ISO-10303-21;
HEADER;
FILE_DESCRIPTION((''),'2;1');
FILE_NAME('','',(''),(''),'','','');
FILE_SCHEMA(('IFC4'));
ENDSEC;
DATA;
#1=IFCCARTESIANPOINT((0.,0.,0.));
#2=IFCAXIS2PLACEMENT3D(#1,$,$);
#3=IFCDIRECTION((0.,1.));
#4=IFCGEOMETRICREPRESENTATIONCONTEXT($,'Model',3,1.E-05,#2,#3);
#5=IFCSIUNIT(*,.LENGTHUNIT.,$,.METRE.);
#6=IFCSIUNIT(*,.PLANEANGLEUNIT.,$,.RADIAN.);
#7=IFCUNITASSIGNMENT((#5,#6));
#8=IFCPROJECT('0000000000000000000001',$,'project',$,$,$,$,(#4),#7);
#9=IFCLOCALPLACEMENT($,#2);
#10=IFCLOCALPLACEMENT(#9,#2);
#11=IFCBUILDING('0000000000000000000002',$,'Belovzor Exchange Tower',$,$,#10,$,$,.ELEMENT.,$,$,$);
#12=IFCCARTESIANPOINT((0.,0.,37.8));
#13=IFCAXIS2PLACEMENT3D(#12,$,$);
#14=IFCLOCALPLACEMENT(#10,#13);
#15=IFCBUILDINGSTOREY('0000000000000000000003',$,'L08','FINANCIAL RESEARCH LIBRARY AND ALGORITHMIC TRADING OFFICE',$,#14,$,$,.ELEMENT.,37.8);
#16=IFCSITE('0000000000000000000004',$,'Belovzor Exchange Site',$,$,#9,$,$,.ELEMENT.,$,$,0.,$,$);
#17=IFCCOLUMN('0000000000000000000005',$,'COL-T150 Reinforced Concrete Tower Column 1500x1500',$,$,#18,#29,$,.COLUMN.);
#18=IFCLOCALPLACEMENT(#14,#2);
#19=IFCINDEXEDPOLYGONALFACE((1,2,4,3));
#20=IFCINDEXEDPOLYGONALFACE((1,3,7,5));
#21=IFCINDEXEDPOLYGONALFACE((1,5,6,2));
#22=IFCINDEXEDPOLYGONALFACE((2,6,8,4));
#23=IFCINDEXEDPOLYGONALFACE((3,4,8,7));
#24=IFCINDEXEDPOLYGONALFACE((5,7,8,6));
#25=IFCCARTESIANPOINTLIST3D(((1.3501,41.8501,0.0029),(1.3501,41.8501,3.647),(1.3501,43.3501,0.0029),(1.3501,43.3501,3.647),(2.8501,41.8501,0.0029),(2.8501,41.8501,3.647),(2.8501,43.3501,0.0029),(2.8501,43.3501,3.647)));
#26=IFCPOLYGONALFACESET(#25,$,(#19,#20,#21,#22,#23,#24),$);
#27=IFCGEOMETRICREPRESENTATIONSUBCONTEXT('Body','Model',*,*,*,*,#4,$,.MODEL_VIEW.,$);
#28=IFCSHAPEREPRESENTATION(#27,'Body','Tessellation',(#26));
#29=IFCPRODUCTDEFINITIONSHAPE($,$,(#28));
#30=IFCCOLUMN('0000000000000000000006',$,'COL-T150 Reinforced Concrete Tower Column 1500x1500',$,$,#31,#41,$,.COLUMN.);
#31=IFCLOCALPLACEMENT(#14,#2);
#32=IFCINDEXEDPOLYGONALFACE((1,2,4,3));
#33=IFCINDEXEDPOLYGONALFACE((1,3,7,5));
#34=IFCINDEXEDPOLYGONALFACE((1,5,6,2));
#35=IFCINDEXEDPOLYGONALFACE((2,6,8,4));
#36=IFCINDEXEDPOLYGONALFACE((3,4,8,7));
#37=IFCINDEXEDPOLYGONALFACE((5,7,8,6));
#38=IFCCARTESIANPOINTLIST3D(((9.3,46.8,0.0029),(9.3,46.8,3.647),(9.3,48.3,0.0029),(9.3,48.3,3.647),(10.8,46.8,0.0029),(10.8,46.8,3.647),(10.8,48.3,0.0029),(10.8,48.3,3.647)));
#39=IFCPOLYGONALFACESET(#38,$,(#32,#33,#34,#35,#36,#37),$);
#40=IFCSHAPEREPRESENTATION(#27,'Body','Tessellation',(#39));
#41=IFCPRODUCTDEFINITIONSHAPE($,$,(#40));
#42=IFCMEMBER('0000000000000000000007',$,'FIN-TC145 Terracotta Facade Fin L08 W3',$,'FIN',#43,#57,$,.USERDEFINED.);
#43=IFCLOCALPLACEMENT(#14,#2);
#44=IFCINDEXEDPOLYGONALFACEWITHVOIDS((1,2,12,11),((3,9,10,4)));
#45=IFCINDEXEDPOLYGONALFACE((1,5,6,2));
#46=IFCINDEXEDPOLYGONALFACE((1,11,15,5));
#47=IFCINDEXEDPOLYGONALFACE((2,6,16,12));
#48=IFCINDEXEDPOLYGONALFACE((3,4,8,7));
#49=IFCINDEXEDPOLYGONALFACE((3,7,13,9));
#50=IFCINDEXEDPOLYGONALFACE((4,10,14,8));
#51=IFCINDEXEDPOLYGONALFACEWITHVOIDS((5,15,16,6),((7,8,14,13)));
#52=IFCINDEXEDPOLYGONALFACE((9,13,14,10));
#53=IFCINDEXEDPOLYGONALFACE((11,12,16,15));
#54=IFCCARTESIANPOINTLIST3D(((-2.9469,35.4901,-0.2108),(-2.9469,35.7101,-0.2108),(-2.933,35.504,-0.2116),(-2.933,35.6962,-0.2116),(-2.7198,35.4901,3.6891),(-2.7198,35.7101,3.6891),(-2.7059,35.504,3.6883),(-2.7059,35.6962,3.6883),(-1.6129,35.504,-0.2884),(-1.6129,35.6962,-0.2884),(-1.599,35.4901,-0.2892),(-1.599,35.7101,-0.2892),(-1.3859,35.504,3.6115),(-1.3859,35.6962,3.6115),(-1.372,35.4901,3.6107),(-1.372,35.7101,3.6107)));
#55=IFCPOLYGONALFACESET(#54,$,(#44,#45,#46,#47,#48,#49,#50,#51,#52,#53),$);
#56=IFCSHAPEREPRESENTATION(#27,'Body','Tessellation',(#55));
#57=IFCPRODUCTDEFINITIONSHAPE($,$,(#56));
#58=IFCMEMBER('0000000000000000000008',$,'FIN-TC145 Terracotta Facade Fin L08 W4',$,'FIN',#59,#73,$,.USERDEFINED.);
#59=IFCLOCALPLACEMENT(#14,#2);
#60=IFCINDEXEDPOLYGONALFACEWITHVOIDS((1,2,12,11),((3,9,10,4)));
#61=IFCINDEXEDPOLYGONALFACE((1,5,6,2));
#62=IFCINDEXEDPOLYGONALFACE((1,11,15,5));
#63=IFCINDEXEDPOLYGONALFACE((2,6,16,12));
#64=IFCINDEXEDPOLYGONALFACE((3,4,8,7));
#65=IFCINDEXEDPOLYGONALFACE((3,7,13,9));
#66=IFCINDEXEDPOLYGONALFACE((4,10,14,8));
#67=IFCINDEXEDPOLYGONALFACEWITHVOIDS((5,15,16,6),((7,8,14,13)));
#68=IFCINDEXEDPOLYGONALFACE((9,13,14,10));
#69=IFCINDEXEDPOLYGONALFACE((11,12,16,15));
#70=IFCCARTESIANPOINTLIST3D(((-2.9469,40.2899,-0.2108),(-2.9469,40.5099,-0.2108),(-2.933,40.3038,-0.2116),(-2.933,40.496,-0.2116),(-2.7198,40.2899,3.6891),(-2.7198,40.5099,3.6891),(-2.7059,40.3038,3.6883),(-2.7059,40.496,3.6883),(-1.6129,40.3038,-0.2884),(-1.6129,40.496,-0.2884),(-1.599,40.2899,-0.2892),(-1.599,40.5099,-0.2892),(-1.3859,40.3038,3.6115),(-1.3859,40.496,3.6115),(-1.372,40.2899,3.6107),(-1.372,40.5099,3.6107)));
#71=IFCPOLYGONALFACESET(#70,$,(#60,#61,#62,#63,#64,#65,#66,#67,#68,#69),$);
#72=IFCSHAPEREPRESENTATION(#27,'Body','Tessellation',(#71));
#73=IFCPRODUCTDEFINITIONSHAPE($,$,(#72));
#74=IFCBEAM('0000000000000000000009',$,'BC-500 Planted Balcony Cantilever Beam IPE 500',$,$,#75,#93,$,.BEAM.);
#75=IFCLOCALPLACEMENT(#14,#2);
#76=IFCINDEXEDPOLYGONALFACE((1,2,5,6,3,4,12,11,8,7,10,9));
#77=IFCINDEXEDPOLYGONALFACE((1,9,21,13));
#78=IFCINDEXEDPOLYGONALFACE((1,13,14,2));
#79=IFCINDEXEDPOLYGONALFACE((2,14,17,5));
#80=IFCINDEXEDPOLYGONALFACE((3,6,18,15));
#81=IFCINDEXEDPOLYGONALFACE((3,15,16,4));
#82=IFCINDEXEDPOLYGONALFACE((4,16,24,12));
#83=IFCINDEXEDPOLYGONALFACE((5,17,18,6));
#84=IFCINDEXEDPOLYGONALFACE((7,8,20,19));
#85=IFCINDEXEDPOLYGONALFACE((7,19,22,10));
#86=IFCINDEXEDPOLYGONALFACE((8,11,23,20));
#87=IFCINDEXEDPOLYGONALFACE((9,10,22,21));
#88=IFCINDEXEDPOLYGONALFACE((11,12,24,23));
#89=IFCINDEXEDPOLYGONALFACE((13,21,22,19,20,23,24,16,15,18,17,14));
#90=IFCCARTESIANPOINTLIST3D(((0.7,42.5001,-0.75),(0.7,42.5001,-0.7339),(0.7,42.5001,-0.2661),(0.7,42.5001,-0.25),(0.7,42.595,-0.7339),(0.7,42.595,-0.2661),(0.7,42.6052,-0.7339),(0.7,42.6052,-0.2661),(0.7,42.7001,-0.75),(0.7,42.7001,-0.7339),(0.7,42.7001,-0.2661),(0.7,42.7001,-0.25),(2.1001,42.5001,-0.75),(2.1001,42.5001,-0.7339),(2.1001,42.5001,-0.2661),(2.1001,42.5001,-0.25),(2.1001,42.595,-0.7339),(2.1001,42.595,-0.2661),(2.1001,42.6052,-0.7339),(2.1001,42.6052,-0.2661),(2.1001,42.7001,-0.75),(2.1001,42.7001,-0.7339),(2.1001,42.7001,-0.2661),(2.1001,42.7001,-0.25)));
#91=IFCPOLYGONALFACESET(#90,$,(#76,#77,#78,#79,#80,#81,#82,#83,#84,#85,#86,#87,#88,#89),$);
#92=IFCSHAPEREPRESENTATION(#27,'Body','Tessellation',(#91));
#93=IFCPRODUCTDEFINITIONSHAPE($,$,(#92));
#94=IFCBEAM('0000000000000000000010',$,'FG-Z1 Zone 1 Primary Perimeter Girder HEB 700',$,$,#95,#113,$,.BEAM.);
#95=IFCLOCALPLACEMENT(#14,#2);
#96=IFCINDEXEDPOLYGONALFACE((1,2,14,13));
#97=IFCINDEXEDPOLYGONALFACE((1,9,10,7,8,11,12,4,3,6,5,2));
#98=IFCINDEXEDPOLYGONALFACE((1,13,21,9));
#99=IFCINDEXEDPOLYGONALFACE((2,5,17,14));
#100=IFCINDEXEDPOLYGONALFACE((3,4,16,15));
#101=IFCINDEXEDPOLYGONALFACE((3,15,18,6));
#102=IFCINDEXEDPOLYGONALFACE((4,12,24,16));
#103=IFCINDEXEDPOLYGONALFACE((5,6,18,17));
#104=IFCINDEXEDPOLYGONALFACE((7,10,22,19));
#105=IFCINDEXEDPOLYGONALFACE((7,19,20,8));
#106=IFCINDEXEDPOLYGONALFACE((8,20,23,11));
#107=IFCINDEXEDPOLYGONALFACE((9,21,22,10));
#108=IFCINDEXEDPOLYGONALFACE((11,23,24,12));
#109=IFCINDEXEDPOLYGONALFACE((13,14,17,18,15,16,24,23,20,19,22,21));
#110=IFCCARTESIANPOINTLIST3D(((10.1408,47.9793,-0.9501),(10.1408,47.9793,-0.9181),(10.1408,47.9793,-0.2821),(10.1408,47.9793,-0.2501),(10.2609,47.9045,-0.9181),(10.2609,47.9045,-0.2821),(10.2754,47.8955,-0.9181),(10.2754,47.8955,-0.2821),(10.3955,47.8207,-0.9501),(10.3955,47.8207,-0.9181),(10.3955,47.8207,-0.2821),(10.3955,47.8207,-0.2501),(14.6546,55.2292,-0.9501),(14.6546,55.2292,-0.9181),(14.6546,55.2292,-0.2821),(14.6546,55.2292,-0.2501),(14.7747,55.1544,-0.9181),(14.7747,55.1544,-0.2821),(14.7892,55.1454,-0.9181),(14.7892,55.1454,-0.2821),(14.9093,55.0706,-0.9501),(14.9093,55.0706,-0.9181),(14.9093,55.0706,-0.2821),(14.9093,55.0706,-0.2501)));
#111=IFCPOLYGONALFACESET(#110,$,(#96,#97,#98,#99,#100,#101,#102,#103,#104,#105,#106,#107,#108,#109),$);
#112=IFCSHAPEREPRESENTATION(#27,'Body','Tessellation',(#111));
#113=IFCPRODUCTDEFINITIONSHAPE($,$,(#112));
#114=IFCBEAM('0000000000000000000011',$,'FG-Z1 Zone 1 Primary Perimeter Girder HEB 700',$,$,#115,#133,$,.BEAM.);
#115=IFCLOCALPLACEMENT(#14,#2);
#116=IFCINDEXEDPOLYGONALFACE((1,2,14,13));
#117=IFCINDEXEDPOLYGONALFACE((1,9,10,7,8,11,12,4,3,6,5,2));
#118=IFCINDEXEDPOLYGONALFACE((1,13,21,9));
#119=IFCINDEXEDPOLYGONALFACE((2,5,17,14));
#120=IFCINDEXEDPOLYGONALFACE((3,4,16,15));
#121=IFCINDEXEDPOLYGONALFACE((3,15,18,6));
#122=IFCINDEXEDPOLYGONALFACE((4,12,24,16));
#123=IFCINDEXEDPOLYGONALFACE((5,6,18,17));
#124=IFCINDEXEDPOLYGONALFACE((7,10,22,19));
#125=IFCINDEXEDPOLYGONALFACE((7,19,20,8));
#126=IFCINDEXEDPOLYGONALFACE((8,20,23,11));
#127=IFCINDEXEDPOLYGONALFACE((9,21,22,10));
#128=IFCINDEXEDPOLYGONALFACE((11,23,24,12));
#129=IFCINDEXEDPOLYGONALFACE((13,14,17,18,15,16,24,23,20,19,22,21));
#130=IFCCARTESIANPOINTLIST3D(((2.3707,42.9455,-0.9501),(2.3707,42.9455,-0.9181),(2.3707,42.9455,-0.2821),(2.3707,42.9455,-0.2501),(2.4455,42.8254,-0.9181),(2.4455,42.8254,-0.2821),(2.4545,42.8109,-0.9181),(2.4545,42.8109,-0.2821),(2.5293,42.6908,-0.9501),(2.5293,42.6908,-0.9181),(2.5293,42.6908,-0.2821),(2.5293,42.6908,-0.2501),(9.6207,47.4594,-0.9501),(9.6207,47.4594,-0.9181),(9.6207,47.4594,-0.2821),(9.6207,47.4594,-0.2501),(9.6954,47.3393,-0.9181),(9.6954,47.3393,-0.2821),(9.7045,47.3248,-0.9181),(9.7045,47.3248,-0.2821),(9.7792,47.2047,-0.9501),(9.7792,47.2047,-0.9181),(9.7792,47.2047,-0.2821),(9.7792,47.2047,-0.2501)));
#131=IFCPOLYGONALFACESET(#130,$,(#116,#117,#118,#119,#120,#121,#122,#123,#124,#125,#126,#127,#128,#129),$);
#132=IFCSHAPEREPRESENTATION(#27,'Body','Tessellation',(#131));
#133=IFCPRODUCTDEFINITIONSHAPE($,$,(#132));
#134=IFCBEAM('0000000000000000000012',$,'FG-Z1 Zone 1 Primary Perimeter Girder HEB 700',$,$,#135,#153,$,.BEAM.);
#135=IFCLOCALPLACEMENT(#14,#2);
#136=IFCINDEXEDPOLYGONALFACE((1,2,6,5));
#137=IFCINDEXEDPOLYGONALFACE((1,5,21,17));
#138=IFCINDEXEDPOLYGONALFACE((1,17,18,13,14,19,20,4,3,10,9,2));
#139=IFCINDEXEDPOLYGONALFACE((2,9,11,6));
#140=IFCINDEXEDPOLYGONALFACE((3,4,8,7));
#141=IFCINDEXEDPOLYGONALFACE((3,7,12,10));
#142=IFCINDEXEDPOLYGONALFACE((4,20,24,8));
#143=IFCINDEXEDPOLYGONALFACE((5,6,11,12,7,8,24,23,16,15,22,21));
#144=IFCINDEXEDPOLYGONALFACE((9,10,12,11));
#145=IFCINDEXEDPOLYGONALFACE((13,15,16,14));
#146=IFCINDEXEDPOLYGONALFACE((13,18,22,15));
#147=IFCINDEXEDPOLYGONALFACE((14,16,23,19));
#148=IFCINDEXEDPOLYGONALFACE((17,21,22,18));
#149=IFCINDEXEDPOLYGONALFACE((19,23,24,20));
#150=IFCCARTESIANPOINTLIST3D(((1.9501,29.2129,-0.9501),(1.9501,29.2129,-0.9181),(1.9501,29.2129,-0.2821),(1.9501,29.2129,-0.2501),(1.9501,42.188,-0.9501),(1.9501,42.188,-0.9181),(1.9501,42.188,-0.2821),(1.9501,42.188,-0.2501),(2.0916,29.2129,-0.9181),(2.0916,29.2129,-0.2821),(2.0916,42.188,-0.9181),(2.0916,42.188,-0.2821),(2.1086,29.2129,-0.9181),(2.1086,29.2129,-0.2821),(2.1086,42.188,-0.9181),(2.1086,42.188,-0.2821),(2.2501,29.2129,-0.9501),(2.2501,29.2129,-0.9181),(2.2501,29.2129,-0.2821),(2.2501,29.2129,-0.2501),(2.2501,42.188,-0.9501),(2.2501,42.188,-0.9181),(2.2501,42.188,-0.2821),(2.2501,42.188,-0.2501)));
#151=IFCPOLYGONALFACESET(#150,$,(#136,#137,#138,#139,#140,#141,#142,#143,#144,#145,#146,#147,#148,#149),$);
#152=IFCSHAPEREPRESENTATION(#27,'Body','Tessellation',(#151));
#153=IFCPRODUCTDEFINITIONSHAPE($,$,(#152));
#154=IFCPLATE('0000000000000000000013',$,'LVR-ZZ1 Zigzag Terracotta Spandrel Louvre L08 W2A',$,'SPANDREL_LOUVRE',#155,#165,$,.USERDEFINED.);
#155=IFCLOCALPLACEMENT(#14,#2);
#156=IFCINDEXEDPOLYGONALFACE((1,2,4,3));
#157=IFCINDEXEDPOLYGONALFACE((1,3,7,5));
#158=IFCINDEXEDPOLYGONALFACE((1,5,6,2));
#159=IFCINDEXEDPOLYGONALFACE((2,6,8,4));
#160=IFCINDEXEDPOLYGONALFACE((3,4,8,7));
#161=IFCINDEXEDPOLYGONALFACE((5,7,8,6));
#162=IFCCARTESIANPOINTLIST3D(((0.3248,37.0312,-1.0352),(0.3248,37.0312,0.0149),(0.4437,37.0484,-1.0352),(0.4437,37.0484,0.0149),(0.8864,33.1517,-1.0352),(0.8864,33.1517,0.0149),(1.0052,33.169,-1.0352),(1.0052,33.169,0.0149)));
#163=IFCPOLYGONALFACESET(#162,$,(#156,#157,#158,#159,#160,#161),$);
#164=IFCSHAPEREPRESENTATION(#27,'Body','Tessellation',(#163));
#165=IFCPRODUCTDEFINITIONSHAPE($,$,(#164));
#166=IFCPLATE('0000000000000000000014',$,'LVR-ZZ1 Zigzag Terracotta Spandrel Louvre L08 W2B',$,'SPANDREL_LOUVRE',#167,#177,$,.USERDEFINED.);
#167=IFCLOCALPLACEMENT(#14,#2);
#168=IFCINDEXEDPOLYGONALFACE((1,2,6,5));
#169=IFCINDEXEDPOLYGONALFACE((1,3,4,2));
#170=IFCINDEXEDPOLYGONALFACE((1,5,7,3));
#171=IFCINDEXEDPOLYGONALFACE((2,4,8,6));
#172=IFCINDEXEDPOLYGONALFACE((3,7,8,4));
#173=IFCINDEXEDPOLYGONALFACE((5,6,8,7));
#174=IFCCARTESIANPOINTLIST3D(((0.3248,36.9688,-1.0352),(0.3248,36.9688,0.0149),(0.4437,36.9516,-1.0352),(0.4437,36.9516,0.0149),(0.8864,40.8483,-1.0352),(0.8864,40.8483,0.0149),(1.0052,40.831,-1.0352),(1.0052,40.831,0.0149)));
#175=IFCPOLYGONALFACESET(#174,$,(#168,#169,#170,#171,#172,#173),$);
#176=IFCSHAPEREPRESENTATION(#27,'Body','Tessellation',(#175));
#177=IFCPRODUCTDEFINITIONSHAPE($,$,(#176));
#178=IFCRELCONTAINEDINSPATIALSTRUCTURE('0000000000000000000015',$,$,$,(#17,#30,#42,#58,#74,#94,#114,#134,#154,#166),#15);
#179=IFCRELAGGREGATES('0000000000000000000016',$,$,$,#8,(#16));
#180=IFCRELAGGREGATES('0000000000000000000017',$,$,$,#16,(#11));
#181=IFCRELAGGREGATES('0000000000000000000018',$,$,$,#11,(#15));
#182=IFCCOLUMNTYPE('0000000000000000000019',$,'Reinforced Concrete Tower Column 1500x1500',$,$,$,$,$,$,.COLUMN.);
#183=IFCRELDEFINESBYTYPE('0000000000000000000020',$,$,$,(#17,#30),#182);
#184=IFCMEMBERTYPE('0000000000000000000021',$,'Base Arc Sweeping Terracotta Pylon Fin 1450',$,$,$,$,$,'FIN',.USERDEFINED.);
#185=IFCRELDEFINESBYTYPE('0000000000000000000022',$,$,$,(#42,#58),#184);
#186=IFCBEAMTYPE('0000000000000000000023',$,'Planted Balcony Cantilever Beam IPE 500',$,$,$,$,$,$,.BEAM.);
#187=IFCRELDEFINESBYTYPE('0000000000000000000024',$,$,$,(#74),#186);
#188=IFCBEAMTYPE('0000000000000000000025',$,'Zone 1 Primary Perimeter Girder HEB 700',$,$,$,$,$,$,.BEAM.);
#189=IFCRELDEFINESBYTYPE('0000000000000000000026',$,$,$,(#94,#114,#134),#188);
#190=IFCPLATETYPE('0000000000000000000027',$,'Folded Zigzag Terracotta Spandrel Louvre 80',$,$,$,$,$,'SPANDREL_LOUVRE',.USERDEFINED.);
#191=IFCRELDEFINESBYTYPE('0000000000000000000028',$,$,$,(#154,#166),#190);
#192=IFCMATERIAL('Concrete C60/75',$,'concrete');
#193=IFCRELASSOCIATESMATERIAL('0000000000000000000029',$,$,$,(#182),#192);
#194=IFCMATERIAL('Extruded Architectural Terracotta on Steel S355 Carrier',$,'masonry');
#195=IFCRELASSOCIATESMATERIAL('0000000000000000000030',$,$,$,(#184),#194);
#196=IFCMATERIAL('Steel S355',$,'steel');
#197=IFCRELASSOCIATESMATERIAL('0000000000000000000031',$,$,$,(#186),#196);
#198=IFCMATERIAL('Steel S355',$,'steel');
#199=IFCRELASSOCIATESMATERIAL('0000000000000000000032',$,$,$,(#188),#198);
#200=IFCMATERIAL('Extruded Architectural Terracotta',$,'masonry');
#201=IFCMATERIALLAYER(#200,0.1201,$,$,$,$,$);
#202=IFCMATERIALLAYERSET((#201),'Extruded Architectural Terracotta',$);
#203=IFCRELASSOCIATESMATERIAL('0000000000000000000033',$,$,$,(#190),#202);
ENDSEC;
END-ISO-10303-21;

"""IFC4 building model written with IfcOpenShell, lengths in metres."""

from ifc_helpers import new_model, si_unit, direction, frame, origin, origin_2d, place, context, subcontext, project, spatial, rectangle, hollow_rectangle, i_section, extrude, material, layer, layer_set, material_profile, profile_set, type_object, element, save


model = new_model("IFC4")

# Units and contexts
model_context = context("Model", 3, precision=1e-05, world=origin(), true_north=direction((0.0, 1.0)))
body_context = subcontext(model_context, "Body", "Model", "MODEL_VIEW")
ifc_project = project(units=[si_unit("LENGTHUNIT", "METRE"), si_unit("PLANEANGLEUNIT", "RADIAN")], contexts=[model_context])

# Site, building, storey
site_placement = place(None, origin())
site = spatial("IfcSite", under=ifc_project, at=site_placement, Name="Belovzor Exchange Site", CompositionType="ELEMENT", RefElevation=0.0)
building_placement = place(site_placement, origin())
building = spatial("IfcBuilding", under=site, at=building_placement, Name="Belovzor Exchange Tower", CompositionType="ELEMENT")
storey_placement = place(building_placement, frame((0.0, 0.0, 37.8)))
storey = spatial("IfcBuildingStorey", under=building, at=storey_placement, Name="L08", Description="FINANCIAL RESEARCH LIBRARY AND ALGORITHMIC TRADING OFFICE", CompositionType="ELEMENT", Elevation=37.8)

# Columns
ifc_material_1 = material(Name="Concrete C60/75", Category="concrete")
ifc_material_profile_1 = material_profile(ifc_material_1, rectangle(XDim=1.5, YDim=1.5, at=origin_2d()))
ifc_profile_set_1 = profile_set([ifc_material_profile_1], Name="Concrete C60/75")
column_type = type_object("IfcColumnType", Name="Reinforced Concrete Tower Column 1500x1500", PredefinedType="COLUMN", material=ifc_profile_set_1)
for number, where, z_axis, x_axis, name in (
    (1, (2.1001, 42.6001, 0.0029), (0.0, 0.0, 1.0), (1.0, 0.0, 0.0), "COL-T150 Reinforced Concrete Tower Column 1500x1500"),
    (2, (10.05, 47.55, 0.0029), (0.0, 0.0, 1.0), (1.0, 0.0, 0.0), "COL-T150 Reinforced Concrete Tower Column 1500x1500"),
):
    element("IfcColumn", number, at=place(storey_placement, frame(where, z_axis=z_axis, x_axis=x_axis)), inside=storey, type_object=column_type, Name=name, PredefinedType="COLUMN", context=body_context, shape_type="SweptSolid", body=[
        extrude(rectangle(XDim=1.5, YDim=1.5, at=origin_2d()), origin(), (0.0, 0.0, 1.0), 3.644),
    ])

# Members
ifc_material_2 = material(Name="Extruded Architectural Terracotta on Steel S355 Carrier", Category="masonry")
ifc_material_profile_2 = material_profile(ifc_material_2, hollow_rectangle(XDim=0.22, YDim=1.3501, WallThickness=0.0139, at=origin_2d()))
ifc_profile_set_2 = profile_set([ifc_material_profile_2], Name="Extruded Architectural Terracotta on Steel S355 Carrier")
member_type = type_object("IfcMemberType", Name="Base Arc Sweeping Terracotta Pylon Fin 1450", ElementType="FIN", PredefinedType="USERDEFINED", material=ifc_profile_set_2)
for number, where, z_axis, x_axis, name in (
    (3, (-2.2729, 35.6001, -0.25), (0.058121, 0.0, 0.99831), (0.0, 1.0, 0.0), "FIN-TC145 Terracotta Facade Fin L08 W3"),
    (4, (-2.2729, 40.3999, -0.25), (0.058121, 0.0, 0.99831), (0.0, 1.0, 0.0), "FIN-TC145 Terracotta Facade Fin L08 W4"),
):
    element("IfcMember", number, at=place(storey_placement, frame(where, z_axis=z_axis, x_axis=x_axis)), inside=storey, type_object=member_type, Name=name, ObjectType="FIN", PredefinedType="USERDEFINED", context=body_context, shape_type="SweptSolid", body=[
        extrude(hollow_rectangle(XDim=0.22, YDim=1.3501, WallThickness=0.0139, at=origin_2d()), origin(), (0.0, 0.0, 1.0), 3.9065),
    ])

# Beams
ifc_material_3 = material(Name="Steel S355", Category="steel")
ifc_material_profile_3 = material_profile(ifc_material_3, i_section(OverallWidth=0.2, OverallDepth=0.5, WebThickness=0.0103, FlangeThickness=0.0161, at=origin_2d()))
ifc_profile_set_3 = profile_set([ifc_material_profile_3], Name="Steel S355")
beam_type_1 = type_object("IfcBeamType", Name="Planted Balcony Cantilever Beam IPE 500", PredefinedType="BEAM", material=ifc_profile_set_3)
beam_1_placement = place(storey_placement, frame((2.1001, 42.6001, -0.5), z_axis=(-1.0, 0.0, 0.0), x_axis=(0.0, -1.0, 0.0)))
element("IfcBeam", 5, at=beam_1_placement, inside=storey, type_object=beam_type_1, Name="BC-500 Planted Balcony Cantilever Beam IPE 500", PredefinedType="BEAM", context=body_context, shape_type="SweptSolid", body=[
    extrude(i_section(OverallWidth=0.2, OverallDepth=0.5, WebThickness=0.0103, FlangeThickness=0.0161, at=origin_2d()), origin(), (0.0, 0.0, 1.0), 1.4001),
])
ifc_material_4 = material(Name="Steel S355", Category="steel")
ifc_material_profile_4 = material_profile(ifc_material_4, i_section(OverallWidth=0.3, OverallDepth=0.7, WebThickness=0.0171, FlangeThickness=0.032, at=origin_2d()))
ifc_profile_set_4 = profile_set([ifc_material_profile_4], Name="Steel S355")
beam_type_2 = type_object("IfcBeamType", Name="Zone 1 Primary Perimeter Girder HEB 700", PredefinedType="BEAM", material=ifc_profile_set_4)
for number, where, z_axis, x_axis, name in (
    (6, (14.782, 55.1499, -0.6001), (-0.528539, -0.848909, 0.0), (0.848909, -0.528539, 0.0), "FG-Z1 Zone 1 Primary Perimeter Girder HEB 700"),
    (7, (9.7, 47.332, -0.6001), (-0.848909, -0.528539, 0.0), (0.528539, -0.848909, 0.0), "FG-Z1 Zone 1 Primary Perimeter Girder HEB 700"),
):
    element("IfcBeam", number, at=place(storey_placement, frame(where, z_axis=z_axis, x_axis=x_axis)), inside=storey, type_object=beam_type_2, Name=name, PredefinedType="BEAM", context=body_context, shape_type="SweptSolid", body=[
        extrude(i_section(OverallWidth=0.3, OverallDepth=0.7, WebThickness=0.0171, FlangeThickness=0.032, at=origin_2d()), origin(), (0.0, 0.0, 1.0), 8.5403),
    ])
beam_2_placement = place(storey_placement, frame((2.1001, 42.188, -0.6001), z_axis=(0.0, -1.0, 0.0), x_axis=(1.0, 0.0, 0.0)))
element("IfcBeam", 8, at=beam_2_placement, inside=storey, type_object=beam_type_2, Name="FG-Z1 Zone 1 Primary Perimeter Girder HEB 700", PredefinedType="BEAM", context=body_context, shape_type="SweptSolid", body=[
    extrude(i_section(OverallWidth=0.3, OverallDepth=0.7, WebThickness=0.0171, FlangeThickness=0.032, at=origin_2d()), origin(), (0.0, 0.0, 1.0), 12.9751),
])

# Plates
ifc_material_5 = material(Name="Extruded Architectural Terracotta", Category="masonry")
ifc_layer_1 = layer(ifc_material_5, 0.1201)
ifc_layer_set_1 = layer_set([ifc_layer_1], Name="Extruded Architectural Terracotta")
plate_type = type_object("IfcPlateType", Name="Folded Zigzag Terracotta Spandrel Louvre 80", ElementType="SPANDREL_LOUVRE", PredefinedType="USERDEFINED", material=ifc_layer_set_1)
for number, where, z_axis, x_axis, name in (
    (9, (0.665, 35.1001, -1.0352), (0.0, 0.0, 1.0), (-0.143251, 0.989686, 0.0), "LVR-ZZ1 Zigzag Terracotta Spandrel Louvre L08 W2A"),
    (10, (0.665, 38.8999, -1.0352), (0.0, 0.0, 1.0), (0.143251, 0.989686, 0.0), "LVR-ZZ1 Zigzag Terracotta Spandrel Louvre L08 W2B"),
):
    element("IfcPlate", number, at=place(storey_placement, frame(where, z_axis=z_axis, x_axis=x_axis)), inside=storey, type_object=plate_type, Name=name, ObjectType="SPANDREL_LOUVRE", PredefinedType="USERDEFINED", context=body_context, shape_type="SweptSolid", body=[
        extrude(rectangle(XDim=3.9199, YDim=0.1201, at=origin_2d()), origin(), (0.0, 0.0, 1.0), 1.05),
    ])

save(model, "model.ifc")
